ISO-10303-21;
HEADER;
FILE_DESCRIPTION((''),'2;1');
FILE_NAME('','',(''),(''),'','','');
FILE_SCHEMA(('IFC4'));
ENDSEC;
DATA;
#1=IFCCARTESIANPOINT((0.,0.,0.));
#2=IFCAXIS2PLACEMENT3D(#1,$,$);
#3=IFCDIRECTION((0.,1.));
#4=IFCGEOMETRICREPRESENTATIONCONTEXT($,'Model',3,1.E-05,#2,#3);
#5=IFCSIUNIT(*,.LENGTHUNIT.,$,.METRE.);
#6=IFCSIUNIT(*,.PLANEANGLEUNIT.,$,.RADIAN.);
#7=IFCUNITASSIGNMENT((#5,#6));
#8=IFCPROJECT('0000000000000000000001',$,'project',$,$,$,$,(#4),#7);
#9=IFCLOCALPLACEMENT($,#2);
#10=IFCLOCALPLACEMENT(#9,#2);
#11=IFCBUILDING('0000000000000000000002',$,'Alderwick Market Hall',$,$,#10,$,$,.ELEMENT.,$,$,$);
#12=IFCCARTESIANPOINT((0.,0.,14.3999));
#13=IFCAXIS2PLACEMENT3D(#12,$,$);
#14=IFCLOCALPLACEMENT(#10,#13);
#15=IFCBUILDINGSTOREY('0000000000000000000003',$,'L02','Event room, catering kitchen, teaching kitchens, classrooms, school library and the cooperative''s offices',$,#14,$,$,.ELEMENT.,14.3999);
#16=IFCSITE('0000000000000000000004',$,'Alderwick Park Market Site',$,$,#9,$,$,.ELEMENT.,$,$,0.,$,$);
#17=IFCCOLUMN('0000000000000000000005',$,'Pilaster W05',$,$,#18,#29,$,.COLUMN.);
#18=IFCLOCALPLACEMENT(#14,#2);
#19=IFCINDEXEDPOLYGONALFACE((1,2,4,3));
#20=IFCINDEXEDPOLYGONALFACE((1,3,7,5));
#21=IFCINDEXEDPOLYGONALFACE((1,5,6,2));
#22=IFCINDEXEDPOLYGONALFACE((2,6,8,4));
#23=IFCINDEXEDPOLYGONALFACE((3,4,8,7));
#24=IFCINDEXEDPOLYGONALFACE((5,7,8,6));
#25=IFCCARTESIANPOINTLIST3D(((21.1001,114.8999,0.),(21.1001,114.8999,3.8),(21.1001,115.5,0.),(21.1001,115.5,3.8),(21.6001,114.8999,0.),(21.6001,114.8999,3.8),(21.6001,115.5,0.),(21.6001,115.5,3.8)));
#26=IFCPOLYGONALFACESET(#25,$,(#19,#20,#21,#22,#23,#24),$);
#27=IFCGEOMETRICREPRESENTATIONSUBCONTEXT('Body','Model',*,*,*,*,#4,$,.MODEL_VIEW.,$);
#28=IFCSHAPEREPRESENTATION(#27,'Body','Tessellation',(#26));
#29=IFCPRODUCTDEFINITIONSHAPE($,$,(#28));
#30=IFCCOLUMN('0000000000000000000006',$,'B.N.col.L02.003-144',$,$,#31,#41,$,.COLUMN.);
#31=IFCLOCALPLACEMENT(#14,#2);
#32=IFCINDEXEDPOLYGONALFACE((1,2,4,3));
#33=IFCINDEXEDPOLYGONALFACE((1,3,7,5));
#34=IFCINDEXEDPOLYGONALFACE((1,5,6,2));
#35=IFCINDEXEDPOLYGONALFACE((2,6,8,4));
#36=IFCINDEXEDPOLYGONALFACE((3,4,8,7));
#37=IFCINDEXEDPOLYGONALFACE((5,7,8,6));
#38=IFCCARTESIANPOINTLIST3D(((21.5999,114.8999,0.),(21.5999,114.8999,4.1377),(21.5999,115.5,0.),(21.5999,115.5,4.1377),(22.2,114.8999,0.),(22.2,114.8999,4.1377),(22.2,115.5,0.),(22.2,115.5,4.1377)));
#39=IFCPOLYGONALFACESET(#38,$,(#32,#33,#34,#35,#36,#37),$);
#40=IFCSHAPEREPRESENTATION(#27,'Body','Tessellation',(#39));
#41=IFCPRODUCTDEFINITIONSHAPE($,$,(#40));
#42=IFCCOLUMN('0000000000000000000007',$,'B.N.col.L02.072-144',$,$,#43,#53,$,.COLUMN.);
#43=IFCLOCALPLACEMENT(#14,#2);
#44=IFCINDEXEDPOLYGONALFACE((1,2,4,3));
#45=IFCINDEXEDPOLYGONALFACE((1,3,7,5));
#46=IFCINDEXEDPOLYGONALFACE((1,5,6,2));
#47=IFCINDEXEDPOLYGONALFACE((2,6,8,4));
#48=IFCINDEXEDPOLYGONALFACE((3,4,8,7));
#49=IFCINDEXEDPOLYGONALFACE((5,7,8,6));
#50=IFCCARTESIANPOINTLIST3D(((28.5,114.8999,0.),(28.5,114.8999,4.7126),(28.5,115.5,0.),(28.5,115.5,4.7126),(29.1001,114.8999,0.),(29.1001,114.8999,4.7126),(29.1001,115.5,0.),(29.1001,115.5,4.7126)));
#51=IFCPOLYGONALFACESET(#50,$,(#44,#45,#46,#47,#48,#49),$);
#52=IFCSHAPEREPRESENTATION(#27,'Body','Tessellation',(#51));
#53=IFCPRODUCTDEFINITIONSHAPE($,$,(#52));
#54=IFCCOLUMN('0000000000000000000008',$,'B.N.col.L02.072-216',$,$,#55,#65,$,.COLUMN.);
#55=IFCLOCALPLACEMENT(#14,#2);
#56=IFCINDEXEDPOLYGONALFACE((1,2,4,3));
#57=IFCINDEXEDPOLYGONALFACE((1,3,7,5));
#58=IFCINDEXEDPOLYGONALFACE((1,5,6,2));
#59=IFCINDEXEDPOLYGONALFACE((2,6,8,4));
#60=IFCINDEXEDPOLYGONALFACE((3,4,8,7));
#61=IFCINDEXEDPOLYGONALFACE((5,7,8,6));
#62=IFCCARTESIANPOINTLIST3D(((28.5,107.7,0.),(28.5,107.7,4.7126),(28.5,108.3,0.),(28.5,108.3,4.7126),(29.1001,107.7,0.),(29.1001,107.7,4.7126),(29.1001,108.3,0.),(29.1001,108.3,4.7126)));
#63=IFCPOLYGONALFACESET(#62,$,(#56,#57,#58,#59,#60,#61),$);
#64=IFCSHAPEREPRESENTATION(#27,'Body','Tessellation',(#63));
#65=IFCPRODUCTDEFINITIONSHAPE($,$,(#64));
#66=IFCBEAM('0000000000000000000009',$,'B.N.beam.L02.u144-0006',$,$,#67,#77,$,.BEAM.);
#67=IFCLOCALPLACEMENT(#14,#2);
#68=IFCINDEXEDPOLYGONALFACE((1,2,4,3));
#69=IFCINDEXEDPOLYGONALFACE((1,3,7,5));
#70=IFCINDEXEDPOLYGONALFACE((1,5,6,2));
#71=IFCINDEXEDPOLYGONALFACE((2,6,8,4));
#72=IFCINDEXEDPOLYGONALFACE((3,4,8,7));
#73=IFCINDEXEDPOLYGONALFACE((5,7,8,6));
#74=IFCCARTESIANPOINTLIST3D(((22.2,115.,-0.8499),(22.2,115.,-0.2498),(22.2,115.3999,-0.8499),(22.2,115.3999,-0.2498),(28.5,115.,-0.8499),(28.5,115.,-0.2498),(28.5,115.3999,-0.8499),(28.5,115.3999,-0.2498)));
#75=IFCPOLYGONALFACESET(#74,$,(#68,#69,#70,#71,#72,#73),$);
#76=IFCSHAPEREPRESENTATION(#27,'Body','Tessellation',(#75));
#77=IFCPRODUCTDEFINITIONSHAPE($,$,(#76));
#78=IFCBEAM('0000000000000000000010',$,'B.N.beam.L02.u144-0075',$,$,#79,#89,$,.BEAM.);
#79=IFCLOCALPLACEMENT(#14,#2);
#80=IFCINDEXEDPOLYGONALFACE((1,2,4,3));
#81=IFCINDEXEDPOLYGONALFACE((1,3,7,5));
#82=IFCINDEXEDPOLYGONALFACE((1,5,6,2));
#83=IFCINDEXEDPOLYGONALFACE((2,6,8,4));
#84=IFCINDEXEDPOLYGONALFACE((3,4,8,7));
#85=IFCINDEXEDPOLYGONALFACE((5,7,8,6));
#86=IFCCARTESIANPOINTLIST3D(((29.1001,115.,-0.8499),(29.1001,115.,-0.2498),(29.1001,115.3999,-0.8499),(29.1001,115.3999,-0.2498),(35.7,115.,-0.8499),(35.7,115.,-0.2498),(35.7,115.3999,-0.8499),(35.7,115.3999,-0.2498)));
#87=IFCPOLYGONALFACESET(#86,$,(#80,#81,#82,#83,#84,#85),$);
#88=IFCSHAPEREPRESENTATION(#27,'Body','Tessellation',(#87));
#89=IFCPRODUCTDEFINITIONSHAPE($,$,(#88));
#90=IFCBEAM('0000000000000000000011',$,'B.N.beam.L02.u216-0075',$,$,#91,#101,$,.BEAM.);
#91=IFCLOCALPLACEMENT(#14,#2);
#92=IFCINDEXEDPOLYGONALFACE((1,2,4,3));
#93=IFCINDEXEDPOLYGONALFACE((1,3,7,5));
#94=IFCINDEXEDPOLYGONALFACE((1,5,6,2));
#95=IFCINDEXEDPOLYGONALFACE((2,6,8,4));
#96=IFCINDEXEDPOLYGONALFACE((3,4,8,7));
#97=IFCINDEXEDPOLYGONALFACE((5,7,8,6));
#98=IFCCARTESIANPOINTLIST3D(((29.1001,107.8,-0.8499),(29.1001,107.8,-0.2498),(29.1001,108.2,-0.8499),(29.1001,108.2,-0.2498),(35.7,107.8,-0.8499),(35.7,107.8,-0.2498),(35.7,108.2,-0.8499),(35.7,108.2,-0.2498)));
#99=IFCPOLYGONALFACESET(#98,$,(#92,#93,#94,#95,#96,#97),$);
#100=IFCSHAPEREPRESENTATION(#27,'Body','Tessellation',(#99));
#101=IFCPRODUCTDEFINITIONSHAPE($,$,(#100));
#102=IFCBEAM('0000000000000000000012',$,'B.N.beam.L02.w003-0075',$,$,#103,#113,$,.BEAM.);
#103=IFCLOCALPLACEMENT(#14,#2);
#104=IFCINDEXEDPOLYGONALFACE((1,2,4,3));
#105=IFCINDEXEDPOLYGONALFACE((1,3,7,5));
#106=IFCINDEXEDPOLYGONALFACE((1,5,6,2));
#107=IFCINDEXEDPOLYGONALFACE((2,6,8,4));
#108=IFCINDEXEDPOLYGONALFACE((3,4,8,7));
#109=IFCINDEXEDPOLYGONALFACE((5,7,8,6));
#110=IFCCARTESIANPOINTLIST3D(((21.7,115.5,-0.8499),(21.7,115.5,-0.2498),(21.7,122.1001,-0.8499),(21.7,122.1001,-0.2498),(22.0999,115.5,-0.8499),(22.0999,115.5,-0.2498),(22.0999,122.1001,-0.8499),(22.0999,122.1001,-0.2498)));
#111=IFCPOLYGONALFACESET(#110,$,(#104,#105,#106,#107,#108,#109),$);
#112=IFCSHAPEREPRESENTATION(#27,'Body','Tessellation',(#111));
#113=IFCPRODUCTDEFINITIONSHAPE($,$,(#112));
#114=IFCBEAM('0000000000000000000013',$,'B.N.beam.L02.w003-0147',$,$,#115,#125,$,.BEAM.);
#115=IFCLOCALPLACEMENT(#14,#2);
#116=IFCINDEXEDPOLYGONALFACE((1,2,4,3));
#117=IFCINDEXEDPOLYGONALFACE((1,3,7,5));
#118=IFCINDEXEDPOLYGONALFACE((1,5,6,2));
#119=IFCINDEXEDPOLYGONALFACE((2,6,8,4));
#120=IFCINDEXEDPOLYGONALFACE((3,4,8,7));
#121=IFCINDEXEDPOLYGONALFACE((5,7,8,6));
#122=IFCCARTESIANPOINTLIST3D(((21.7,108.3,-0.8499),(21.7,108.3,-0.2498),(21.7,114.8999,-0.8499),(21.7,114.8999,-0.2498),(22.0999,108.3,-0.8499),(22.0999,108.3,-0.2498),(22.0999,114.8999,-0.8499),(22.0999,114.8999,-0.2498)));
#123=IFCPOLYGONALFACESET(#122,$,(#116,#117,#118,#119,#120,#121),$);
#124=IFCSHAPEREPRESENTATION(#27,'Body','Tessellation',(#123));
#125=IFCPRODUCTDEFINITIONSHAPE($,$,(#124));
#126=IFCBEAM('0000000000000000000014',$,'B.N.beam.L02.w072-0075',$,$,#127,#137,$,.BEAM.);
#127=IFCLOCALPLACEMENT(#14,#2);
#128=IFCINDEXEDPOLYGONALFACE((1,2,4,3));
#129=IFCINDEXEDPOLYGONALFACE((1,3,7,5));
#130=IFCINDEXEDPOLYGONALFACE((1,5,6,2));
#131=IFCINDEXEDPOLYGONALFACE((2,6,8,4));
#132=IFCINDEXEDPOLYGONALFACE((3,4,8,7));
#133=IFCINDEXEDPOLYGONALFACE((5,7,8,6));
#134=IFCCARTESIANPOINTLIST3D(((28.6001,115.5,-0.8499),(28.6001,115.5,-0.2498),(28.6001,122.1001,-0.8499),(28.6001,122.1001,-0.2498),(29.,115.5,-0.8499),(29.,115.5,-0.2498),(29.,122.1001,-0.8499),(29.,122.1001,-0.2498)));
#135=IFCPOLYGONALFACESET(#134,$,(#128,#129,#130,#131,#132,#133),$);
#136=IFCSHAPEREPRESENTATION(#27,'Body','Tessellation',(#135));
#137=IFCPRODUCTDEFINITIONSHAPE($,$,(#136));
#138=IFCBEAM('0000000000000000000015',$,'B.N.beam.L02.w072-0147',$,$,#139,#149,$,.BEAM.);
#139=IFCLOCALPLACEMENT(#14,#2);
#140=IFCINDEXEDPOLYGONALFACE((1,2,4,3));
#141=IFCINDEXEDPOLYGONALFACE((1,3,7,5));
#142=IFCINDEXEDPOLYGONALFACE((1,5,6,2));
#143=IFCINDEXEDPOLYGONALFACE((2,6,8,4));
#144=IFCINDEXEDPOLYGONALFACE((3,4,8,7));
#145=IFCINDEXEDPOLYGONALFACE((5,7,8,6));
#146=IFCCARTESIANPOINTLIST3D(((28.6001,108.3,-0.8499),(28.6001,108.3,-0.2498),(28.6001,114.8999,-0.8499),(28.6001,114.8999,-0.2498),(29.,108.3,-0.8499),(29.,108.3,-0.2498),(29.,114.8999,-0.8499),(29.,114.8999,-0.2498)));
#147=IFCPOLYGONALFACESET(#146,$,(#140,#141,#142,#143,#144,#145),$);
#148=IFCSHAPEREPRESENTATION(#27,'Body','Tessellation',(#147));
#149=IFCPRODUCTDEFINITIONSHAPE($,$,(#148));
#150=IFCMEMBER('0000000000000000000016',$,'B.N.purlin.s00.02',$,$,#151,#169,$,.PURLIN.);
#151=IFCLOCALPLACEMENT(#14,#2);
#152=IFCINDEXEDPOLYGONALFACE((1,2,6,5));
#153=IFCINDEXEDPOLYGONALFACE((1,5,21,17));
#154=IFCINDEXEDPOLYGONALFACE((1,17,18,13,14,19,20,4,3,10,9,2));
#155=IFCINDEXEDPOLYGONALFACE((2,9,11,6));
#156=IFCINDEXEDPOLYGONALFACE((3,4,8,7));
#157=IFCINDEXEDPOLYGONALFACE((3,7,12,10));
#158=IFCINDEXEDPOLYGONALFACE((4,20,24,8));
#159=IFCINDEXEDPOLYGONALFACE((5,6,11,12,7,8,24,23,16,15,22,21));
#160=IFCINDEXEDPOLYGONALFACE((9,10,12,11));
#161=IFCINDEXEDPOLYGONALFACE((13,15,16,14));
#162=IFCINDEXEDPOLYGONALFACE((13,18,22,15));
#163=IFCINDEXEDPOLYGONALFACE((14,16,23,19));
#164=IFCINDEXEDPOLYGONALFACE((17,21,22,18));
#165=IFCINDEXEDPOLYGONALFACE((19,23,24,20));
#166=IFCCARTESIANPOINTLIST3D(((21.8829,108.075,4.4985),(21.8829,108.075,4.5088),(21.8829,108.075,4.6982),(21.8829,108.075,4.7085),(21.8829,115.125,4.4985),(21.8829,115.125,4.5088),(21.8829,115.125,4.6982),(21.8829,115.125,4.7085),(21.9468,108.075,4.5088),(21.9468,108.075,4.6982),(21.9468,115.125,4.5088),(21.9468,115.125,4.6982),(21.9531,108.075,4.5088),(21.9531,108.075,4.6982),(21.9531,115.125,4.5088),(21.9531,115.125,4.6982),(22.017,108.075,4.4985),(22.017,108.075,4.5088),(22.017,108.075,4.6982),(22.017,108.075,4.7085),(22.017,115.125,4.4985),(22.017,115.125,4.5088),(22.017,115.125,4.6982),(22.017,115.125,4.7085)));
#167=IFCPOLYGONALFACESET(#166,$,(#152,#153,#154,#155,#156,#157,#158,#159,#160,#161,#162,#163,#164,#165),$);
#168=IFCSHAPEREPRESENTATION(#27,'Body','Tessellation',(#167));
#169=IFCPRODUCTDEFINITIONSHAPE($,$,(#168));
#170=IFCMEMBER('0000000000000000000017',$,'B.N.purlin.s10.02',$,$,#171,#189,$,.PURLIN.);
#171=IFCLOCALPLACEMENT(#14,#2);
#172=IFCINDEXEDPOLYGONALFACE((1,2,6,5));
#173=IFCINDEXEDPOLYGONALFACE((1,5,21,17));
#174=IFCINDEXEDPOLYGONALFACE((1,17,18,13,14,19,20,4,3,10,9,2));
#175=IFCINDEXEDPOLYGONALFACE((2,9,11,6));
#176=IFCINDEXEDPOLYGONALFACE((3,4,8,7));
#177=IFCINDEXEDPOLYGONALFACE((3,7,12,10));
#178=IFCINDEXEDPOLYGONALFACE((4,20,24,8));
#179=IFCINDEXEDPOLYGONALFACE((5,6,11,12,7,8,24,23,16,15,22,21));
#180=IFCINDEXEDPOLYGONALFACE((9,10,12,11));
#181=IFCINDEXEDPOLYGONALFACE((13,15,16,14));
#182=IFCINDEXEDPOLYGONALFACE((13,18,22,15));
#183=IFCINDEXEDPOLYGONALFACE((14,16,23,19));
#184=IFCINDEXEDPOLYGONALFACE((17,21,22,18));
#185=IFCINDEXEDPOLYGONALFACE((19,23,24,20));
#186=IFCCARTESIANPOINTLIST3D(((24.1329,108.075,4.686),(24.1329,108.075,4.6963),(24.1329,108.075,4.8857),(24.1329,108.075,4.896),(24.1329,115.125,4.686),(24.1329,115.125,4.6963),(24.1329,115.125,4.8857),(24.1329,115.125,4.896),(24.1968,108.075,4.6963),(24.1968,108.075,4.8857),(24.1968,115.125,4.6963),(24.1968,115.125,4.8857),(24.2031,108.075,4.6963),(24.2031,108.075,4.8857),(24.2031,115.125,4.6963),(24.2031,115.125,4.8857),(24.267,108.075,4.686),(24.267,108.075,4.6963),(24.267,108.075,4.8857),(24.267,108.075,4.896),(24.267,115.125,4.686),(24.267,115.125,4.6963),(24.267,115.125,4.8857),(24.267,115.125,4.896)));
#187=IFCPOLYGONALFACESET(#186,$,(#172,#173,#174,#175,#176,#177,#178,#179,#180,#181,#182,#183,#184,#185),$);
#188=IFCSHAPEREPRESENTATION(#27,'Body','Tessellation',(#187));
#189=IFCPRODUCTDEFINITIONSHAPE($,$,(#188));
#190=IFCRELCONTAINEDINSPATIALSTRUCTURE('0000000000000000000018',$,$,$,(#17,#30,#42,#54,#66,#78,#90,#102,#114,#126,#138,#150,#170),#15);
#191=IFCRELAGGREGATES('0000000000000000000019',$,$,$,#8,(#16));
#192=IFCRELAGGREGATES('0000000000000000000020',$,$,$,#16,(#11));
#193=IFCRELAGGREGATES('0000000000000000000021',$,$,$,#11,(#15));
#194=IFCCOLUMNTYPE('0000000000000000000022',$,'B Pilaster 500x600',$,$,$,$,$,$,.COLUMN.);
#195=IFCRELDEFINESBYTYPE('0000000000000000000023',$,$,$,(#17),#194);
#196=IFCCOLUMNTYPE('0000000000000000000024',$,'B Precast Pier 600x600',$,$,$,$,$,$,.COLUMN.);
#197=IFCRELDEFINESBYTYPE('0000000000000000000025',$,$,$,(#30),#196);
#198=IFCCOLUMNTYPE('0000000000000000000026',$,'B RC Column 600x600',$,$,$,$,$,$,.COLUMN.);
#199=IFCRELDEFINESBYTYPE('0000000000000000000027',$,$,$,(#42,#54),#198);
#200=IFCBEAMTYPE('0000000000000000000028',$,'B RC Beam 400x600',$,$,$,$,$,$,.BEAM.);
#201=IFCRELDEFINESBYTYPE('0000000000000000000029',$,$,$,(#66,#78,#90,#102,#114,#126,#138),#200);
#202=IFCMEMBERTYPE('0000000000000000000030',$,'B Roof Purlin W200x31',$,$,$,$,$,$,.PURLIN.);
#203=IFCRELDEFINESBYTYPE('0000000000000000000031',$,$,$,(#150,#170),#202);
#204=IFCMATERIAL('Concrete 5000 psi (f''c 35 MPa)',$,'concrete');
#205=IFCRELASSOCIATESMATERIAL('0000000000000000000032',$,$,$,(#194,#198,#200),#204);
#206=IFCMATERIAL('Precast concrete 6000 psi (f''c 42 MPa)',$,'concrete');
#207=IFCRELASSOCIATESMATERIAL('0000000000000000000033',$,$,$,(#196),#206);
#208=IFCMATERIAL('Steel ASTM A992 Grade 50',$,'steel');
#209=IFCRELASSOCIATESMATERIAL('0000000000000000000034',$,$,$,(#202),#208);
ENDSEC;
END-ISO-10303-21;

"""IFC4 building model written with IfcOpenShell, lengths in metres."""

from ifc_helpers import new_model, si_unit, direction, frame, origin, origin_2d, place, context, subcontext, project, spatial, rectangle, i_section, extrude, material, material_profile, profile_set, type_object, element, save


model = new_model("IFC4")

# Units and contexts
model_context = context("Model", 3, precision=1e-05, world=origin(), true_north=direction((0.0, 1.0)))
body_context = subcontext(model_context, "Body", "Model", "MODEL_VIEW")
ifc_project = project(units=[si_unit("LENGTHUNIT", "METRE"), si_unit("PLANEANGLEUNIT", "RADIAN")], contexts=[model_context])

# Site, building, storey
site_placement = place(None, origin())
site = spatial("IfcSite", under=ifc_project, at=site_placement, Name="Alderwick Park Market Site", CompositionType="ELEMENT", RefElevation=0.0)
building_placement = place(site_placement, origin())
building = spatial("IfcBuilding", under=site, at=building_placement, Name="Alderwick Market Hall", CompositionType="ELEMENT")
storey_placement = place(building_placement, frame((0.0, 0.0, 14.3999)))
storey = spatial("IfcBuildingStorey", under=building, at=storey_placement, Name="L02", Description="Event room, catering kitchen, teaching kitchens, classrooms, school library and the cooperative's offices", CompositionType="ELEMENT", Elevation=14.3999)

# Columns
ifc_material_1 = material(Name="Concrete 5000 psi (f'c 35 MPa)", Category="concrete")
ifc_material_profile_1 = material_profile(ifc_material_1, rectangle(XDim=0.5, YDim=0.6001, at=origin_2d()), Name="B Pilaster 500x600")
ifc_profile_set_1 = profile_set([ifc_material_profile_1], Name="Concrete 5000 psi (f'c 35 MPa)")
column_type_1 = type_object("IfcColumnType", Name="B Pilaster 500x600", PredefinedType="COLUMN", material=ifc_profile_set_1)
column_1_placement = place(storey_placement, frame((21.3501, 115.2, 0.0), z_axis=(0.0, 0.0, 1.0), x_axis=(1.0, 0.0, 0.0)))
element("IfcColumn", 1, at=column_1_placement, inside=storey, type_object=column_type_1, Name="Pilaster W05", PredefinedType="COLUMN", context=body_context, shape_type="SweptSolid", body=[
    extrude(rectangle(XDim=0.5, YDim=0.6001, at=origin_2d()), origin(), (0.0, 0.0, 1.0), 3.8),
])
ifc_material_2 = material(Name="Precast concrete 6000 psi (f'c 42 MPa)", Category="concrete")
ifc_material_profile_2 = material_profile(ifc_material_2, rectangle(XDim=0.6001, YDim=0.6001, at=origin_2d()), Name="B Precast Pier 600x600")
ifc_profile_set_2 = profile_set([ifc_material_profile_2], Name="Precast concrete 6000 psi (f'c 42 MPa)")
column_type_2 = type_object("IfcColumnType", Name="B Precast Pier 600x600", PredefinedType="COLUMN", material=ifc_profile_set_2)
column_2_placement = place(storey_placement, frame((21.8999, 115.2, 0.0), z_axis=(0.0, 0.0, 1.0), x_axis=(1.0, 0.0, 0.0)))
element("IfcColumn", 2, at=column_2_placement, inside=storey, type_object=column_type_2, Name="B.N.col.L02.003-144", PredefinedType="COLUMN", context=body_context, shape_type="SweptSolid", body=[
    extrude(rectangle(XDim=0.6001, YDim=0.6001, at=origin_2d()), origin(), (0.0, 0.0, 1.0), 4.1377),
])
ifc_material_profile_3 = material_profile(ifc_material_1, rectangle(XDim=0.6001, YDim=0.6001, at=origin_2d()), Name="B RC Column 600x600")
ifc_profile_set_3 = profile_set([ifc_material_profile_3], Name="Concrete 5000 psi (f'c 35 MPa)")
column_type_3 = type_object("IfcColumnType", Name="B RC Column 600x600", PredefinedType="COLUMN", material=ifc_profile_set_3)
for number, where, z_axis, x_axis, name in (
    (3, (28.8, 115.2, 0.0), (0.0, 0.0, 1.0), (1.0, 0.0, 0.0), "B.N.col.L02.072-144"),
    (4, (28.8, 108.0, 0.0), (0.0, 0.0, 1.0), (1.0, 0.0, 0.0), "B.N.col.L02.072-216"),
):
    element("IfcColumn", number, at=place(storey_placement, frame(where, z_axis=z_axis, x_axis=x_axis)), inside=storey, type_object=column_type_3, Name=name, PredefinedType="COLUMN", context=body_context, shape_type="SweptSolid", body=[
        extrude(rectangle(XDim=0.6001, YDim=0.6001, at=origin_2d()), origin(), (0.0, 0.0, 1.0), 4.7126),
    ])

# Beams
ifc_material_profile_4 = material_profile(ifc_material_1, rectangle(XDim=0.3999, YDim=0.6001, at=origin_2d()), Name="B RC Beam 400x600")
ifc_profile_set_4 = profile_set([ifc_material_profile_4], Name="Concrete 5000 psi (f'c 35 MPa)")
beam_type_1 = type_object("IfcBeamType", Name="B RC Beam 400x600", PredefinedType="BEAM", material=ifc_profile_set_4)
beam_1_placement = place(storey_placement, frame((22.2, 115.2, -0.5498), z_axis=(1.0, 0.0, 0.0), x_axis=(0.0, 1.0, 0.0)))
element("IfcBeam", 5, at=beam_1_placement, inside=storey, type_object=beam_type_1, Name="B.N.beam.L02.u144-0006", PredefinedType="BEAM", context=body_context, shape_type="SweptSolid", body=[
    extrude(rectangle(XDim=0.3999, YDim=0.6001, at=origin_2d()), origin(), (0.0, 0.0, 1.0), 6.3),
])
for number, where, z_axis, x_axis, name in (
    (6, (29.1001, 115.2, -0.5498), (1.0, 0.0, 0.0), (0.0, 1.0, 0.0), "B.N.beam.L02.u144-0075"),
    (7, (29.1001, 108.0, -0.5498), (1.0, 0.0, 0.0), (0.0, 1.0, 0.0), "B.N.beam.L02.u216-0075"),
):
    element("IfcBeam", number, at=place(storey_placement, frame(where, z_axis=z_axis, x_axis=x_axis)), inside=storey, type_object=beam_type_1, Name=name, PredefinedType="BEAM", context=body_context, shape_type="SweptSolid", body=[
        extrude(rectangle(XDim=0.3999, YDim=0.6001, at=origin_2d()), origin(), (0.0, 0.0, 1.0), 6.5999),
    ])
beam_2_placement = place(storey_placement, frame((21.8999, 122.1001, -0.5498), z_axis=(0.0, -1.0, 0.0), x_axis=(1.0, 0.0, 0.0)))
element("IfcBeam", 8, at=beam_2_placement, inside=storey, type_object=beam_type_1, Name="B.N.beam.L02.w003-0075", PredefinedType="BEAM", context=body_context, shape_type="SweptSolid", body=[
    extrude(rectangle(XDim=0.3999, YDim=0.6001, at=origin_2d()), origin(), (0.0, 0.0, 1.0), 6.6001),
])
beam_3_placement = place(storey_placement, frame((21.8999, 114.8999, -0.5498), z_axis=(0.0, -1.0, 0.0), x_axis=(1.0, 0.0, 0.0)))
element("IfcBeam", 9, at=beam_3_placement, inside=storey, type_object=beam_type_1, Name="B.N.beam.L02.w003-0147", PredefinedType="BEAM", context=body_context, shape_type="SweptSolid", body=[
    extrude(rectangle(XDim=0.3999, YDim=0.6001, at=origin_2d()), origin(), (0.0, 0.0, 1.0), 6.5999),
])
beam_4_placement = place(storey_placement, frame((28.8, 122.1001, -0.5498), z_axis=(0.0, -1.0, 0.0), x_axis=(1.0, 0.0, 0.0)))
element("IfcBeam", 10, at=beam_4_placement, inside=storey, type_object=beam_type_1, Name="B.N.beam.L02.w072-0075", PredefinedType="BEAM", context=body_context, shape_type="SweptSolid", body=[
    extrude(rectangle(XDim=0.3999, YDim=0.6001, at=origin_2d()), origin(), (0.0, 0.0, 1.0), 6.6001),
])
beam_5_placement = place(storey_placement, frame((28.8, 114.8999, -0.5498), z_axis=(0.0, -1.0, 0.0), x_axis=(1.0, 0.0, 0.0)))
element("IfcBeam", 11, at=beam_5_placement, inside=storey, type_object=beam_type_1, Name="B.N.beam.L02.w072-0147", PredefinedType="BEAM", context=body_context, shape_type="SweptSolid", body=[
    extrude(rectangle(XDim=0.3999, YDim=0.6001, at=origin_2d()), origin(), (0.0, 0.0, 1.0), 6.5999),
])

# Members
ifc_material_3 = material(Name="Steel ASTM A992 Grade 50", Category="steel")
ifc_material_profile_5 = material_profile(ifc_material_3, i_section(OverallWidth=0.134, OverallDepth=0.21, WebThickness=0.0063, FlangeThickness=0.0103, at=origin_2d()), Name="W200x31")
ifc_profile_set_5 = profile_set([ifc_material_profile_5], Name="Steel ASTM A992 Grade 50")
member_type = type_object("IfcMemberType", Name="B Roof Purlin W200x31", PredefinedType="PURLIN", material=ifc_profile_set_5)
for number, where, z_axis, x_axis, name in (
    (12, (21.95, 115.125, 4.6035), (0.0, -1.0, 0.0), (1.0, 0.0, 0.0), "B.N.purlin.s00.02"),
    (13, (24.2, 115.125, 4.791), (0.0, -1.0, 0.0), (1.0, 0.0, 0.0), "B.N.purlin.s10.02"),
):
    element("IfcMember", number, at=place(storey_placement, frame(where, z_axis=z_axis, x_axis=x_axis)), inside=storey, type_object=member_type, Name=name, PredefinedType="PURLIN", context=body_context, shape_type="SweptSolid", body=[
        extrude(i_section(OverallWidth=0.134, OverallDepth=0.21, WebThickness=0.0063, FlangeThickness=0.0103, at=origin_2d()), origin(), (0.0, 0.0, 1.0), 7.05),
    ])

save(model, "model.ifc")
